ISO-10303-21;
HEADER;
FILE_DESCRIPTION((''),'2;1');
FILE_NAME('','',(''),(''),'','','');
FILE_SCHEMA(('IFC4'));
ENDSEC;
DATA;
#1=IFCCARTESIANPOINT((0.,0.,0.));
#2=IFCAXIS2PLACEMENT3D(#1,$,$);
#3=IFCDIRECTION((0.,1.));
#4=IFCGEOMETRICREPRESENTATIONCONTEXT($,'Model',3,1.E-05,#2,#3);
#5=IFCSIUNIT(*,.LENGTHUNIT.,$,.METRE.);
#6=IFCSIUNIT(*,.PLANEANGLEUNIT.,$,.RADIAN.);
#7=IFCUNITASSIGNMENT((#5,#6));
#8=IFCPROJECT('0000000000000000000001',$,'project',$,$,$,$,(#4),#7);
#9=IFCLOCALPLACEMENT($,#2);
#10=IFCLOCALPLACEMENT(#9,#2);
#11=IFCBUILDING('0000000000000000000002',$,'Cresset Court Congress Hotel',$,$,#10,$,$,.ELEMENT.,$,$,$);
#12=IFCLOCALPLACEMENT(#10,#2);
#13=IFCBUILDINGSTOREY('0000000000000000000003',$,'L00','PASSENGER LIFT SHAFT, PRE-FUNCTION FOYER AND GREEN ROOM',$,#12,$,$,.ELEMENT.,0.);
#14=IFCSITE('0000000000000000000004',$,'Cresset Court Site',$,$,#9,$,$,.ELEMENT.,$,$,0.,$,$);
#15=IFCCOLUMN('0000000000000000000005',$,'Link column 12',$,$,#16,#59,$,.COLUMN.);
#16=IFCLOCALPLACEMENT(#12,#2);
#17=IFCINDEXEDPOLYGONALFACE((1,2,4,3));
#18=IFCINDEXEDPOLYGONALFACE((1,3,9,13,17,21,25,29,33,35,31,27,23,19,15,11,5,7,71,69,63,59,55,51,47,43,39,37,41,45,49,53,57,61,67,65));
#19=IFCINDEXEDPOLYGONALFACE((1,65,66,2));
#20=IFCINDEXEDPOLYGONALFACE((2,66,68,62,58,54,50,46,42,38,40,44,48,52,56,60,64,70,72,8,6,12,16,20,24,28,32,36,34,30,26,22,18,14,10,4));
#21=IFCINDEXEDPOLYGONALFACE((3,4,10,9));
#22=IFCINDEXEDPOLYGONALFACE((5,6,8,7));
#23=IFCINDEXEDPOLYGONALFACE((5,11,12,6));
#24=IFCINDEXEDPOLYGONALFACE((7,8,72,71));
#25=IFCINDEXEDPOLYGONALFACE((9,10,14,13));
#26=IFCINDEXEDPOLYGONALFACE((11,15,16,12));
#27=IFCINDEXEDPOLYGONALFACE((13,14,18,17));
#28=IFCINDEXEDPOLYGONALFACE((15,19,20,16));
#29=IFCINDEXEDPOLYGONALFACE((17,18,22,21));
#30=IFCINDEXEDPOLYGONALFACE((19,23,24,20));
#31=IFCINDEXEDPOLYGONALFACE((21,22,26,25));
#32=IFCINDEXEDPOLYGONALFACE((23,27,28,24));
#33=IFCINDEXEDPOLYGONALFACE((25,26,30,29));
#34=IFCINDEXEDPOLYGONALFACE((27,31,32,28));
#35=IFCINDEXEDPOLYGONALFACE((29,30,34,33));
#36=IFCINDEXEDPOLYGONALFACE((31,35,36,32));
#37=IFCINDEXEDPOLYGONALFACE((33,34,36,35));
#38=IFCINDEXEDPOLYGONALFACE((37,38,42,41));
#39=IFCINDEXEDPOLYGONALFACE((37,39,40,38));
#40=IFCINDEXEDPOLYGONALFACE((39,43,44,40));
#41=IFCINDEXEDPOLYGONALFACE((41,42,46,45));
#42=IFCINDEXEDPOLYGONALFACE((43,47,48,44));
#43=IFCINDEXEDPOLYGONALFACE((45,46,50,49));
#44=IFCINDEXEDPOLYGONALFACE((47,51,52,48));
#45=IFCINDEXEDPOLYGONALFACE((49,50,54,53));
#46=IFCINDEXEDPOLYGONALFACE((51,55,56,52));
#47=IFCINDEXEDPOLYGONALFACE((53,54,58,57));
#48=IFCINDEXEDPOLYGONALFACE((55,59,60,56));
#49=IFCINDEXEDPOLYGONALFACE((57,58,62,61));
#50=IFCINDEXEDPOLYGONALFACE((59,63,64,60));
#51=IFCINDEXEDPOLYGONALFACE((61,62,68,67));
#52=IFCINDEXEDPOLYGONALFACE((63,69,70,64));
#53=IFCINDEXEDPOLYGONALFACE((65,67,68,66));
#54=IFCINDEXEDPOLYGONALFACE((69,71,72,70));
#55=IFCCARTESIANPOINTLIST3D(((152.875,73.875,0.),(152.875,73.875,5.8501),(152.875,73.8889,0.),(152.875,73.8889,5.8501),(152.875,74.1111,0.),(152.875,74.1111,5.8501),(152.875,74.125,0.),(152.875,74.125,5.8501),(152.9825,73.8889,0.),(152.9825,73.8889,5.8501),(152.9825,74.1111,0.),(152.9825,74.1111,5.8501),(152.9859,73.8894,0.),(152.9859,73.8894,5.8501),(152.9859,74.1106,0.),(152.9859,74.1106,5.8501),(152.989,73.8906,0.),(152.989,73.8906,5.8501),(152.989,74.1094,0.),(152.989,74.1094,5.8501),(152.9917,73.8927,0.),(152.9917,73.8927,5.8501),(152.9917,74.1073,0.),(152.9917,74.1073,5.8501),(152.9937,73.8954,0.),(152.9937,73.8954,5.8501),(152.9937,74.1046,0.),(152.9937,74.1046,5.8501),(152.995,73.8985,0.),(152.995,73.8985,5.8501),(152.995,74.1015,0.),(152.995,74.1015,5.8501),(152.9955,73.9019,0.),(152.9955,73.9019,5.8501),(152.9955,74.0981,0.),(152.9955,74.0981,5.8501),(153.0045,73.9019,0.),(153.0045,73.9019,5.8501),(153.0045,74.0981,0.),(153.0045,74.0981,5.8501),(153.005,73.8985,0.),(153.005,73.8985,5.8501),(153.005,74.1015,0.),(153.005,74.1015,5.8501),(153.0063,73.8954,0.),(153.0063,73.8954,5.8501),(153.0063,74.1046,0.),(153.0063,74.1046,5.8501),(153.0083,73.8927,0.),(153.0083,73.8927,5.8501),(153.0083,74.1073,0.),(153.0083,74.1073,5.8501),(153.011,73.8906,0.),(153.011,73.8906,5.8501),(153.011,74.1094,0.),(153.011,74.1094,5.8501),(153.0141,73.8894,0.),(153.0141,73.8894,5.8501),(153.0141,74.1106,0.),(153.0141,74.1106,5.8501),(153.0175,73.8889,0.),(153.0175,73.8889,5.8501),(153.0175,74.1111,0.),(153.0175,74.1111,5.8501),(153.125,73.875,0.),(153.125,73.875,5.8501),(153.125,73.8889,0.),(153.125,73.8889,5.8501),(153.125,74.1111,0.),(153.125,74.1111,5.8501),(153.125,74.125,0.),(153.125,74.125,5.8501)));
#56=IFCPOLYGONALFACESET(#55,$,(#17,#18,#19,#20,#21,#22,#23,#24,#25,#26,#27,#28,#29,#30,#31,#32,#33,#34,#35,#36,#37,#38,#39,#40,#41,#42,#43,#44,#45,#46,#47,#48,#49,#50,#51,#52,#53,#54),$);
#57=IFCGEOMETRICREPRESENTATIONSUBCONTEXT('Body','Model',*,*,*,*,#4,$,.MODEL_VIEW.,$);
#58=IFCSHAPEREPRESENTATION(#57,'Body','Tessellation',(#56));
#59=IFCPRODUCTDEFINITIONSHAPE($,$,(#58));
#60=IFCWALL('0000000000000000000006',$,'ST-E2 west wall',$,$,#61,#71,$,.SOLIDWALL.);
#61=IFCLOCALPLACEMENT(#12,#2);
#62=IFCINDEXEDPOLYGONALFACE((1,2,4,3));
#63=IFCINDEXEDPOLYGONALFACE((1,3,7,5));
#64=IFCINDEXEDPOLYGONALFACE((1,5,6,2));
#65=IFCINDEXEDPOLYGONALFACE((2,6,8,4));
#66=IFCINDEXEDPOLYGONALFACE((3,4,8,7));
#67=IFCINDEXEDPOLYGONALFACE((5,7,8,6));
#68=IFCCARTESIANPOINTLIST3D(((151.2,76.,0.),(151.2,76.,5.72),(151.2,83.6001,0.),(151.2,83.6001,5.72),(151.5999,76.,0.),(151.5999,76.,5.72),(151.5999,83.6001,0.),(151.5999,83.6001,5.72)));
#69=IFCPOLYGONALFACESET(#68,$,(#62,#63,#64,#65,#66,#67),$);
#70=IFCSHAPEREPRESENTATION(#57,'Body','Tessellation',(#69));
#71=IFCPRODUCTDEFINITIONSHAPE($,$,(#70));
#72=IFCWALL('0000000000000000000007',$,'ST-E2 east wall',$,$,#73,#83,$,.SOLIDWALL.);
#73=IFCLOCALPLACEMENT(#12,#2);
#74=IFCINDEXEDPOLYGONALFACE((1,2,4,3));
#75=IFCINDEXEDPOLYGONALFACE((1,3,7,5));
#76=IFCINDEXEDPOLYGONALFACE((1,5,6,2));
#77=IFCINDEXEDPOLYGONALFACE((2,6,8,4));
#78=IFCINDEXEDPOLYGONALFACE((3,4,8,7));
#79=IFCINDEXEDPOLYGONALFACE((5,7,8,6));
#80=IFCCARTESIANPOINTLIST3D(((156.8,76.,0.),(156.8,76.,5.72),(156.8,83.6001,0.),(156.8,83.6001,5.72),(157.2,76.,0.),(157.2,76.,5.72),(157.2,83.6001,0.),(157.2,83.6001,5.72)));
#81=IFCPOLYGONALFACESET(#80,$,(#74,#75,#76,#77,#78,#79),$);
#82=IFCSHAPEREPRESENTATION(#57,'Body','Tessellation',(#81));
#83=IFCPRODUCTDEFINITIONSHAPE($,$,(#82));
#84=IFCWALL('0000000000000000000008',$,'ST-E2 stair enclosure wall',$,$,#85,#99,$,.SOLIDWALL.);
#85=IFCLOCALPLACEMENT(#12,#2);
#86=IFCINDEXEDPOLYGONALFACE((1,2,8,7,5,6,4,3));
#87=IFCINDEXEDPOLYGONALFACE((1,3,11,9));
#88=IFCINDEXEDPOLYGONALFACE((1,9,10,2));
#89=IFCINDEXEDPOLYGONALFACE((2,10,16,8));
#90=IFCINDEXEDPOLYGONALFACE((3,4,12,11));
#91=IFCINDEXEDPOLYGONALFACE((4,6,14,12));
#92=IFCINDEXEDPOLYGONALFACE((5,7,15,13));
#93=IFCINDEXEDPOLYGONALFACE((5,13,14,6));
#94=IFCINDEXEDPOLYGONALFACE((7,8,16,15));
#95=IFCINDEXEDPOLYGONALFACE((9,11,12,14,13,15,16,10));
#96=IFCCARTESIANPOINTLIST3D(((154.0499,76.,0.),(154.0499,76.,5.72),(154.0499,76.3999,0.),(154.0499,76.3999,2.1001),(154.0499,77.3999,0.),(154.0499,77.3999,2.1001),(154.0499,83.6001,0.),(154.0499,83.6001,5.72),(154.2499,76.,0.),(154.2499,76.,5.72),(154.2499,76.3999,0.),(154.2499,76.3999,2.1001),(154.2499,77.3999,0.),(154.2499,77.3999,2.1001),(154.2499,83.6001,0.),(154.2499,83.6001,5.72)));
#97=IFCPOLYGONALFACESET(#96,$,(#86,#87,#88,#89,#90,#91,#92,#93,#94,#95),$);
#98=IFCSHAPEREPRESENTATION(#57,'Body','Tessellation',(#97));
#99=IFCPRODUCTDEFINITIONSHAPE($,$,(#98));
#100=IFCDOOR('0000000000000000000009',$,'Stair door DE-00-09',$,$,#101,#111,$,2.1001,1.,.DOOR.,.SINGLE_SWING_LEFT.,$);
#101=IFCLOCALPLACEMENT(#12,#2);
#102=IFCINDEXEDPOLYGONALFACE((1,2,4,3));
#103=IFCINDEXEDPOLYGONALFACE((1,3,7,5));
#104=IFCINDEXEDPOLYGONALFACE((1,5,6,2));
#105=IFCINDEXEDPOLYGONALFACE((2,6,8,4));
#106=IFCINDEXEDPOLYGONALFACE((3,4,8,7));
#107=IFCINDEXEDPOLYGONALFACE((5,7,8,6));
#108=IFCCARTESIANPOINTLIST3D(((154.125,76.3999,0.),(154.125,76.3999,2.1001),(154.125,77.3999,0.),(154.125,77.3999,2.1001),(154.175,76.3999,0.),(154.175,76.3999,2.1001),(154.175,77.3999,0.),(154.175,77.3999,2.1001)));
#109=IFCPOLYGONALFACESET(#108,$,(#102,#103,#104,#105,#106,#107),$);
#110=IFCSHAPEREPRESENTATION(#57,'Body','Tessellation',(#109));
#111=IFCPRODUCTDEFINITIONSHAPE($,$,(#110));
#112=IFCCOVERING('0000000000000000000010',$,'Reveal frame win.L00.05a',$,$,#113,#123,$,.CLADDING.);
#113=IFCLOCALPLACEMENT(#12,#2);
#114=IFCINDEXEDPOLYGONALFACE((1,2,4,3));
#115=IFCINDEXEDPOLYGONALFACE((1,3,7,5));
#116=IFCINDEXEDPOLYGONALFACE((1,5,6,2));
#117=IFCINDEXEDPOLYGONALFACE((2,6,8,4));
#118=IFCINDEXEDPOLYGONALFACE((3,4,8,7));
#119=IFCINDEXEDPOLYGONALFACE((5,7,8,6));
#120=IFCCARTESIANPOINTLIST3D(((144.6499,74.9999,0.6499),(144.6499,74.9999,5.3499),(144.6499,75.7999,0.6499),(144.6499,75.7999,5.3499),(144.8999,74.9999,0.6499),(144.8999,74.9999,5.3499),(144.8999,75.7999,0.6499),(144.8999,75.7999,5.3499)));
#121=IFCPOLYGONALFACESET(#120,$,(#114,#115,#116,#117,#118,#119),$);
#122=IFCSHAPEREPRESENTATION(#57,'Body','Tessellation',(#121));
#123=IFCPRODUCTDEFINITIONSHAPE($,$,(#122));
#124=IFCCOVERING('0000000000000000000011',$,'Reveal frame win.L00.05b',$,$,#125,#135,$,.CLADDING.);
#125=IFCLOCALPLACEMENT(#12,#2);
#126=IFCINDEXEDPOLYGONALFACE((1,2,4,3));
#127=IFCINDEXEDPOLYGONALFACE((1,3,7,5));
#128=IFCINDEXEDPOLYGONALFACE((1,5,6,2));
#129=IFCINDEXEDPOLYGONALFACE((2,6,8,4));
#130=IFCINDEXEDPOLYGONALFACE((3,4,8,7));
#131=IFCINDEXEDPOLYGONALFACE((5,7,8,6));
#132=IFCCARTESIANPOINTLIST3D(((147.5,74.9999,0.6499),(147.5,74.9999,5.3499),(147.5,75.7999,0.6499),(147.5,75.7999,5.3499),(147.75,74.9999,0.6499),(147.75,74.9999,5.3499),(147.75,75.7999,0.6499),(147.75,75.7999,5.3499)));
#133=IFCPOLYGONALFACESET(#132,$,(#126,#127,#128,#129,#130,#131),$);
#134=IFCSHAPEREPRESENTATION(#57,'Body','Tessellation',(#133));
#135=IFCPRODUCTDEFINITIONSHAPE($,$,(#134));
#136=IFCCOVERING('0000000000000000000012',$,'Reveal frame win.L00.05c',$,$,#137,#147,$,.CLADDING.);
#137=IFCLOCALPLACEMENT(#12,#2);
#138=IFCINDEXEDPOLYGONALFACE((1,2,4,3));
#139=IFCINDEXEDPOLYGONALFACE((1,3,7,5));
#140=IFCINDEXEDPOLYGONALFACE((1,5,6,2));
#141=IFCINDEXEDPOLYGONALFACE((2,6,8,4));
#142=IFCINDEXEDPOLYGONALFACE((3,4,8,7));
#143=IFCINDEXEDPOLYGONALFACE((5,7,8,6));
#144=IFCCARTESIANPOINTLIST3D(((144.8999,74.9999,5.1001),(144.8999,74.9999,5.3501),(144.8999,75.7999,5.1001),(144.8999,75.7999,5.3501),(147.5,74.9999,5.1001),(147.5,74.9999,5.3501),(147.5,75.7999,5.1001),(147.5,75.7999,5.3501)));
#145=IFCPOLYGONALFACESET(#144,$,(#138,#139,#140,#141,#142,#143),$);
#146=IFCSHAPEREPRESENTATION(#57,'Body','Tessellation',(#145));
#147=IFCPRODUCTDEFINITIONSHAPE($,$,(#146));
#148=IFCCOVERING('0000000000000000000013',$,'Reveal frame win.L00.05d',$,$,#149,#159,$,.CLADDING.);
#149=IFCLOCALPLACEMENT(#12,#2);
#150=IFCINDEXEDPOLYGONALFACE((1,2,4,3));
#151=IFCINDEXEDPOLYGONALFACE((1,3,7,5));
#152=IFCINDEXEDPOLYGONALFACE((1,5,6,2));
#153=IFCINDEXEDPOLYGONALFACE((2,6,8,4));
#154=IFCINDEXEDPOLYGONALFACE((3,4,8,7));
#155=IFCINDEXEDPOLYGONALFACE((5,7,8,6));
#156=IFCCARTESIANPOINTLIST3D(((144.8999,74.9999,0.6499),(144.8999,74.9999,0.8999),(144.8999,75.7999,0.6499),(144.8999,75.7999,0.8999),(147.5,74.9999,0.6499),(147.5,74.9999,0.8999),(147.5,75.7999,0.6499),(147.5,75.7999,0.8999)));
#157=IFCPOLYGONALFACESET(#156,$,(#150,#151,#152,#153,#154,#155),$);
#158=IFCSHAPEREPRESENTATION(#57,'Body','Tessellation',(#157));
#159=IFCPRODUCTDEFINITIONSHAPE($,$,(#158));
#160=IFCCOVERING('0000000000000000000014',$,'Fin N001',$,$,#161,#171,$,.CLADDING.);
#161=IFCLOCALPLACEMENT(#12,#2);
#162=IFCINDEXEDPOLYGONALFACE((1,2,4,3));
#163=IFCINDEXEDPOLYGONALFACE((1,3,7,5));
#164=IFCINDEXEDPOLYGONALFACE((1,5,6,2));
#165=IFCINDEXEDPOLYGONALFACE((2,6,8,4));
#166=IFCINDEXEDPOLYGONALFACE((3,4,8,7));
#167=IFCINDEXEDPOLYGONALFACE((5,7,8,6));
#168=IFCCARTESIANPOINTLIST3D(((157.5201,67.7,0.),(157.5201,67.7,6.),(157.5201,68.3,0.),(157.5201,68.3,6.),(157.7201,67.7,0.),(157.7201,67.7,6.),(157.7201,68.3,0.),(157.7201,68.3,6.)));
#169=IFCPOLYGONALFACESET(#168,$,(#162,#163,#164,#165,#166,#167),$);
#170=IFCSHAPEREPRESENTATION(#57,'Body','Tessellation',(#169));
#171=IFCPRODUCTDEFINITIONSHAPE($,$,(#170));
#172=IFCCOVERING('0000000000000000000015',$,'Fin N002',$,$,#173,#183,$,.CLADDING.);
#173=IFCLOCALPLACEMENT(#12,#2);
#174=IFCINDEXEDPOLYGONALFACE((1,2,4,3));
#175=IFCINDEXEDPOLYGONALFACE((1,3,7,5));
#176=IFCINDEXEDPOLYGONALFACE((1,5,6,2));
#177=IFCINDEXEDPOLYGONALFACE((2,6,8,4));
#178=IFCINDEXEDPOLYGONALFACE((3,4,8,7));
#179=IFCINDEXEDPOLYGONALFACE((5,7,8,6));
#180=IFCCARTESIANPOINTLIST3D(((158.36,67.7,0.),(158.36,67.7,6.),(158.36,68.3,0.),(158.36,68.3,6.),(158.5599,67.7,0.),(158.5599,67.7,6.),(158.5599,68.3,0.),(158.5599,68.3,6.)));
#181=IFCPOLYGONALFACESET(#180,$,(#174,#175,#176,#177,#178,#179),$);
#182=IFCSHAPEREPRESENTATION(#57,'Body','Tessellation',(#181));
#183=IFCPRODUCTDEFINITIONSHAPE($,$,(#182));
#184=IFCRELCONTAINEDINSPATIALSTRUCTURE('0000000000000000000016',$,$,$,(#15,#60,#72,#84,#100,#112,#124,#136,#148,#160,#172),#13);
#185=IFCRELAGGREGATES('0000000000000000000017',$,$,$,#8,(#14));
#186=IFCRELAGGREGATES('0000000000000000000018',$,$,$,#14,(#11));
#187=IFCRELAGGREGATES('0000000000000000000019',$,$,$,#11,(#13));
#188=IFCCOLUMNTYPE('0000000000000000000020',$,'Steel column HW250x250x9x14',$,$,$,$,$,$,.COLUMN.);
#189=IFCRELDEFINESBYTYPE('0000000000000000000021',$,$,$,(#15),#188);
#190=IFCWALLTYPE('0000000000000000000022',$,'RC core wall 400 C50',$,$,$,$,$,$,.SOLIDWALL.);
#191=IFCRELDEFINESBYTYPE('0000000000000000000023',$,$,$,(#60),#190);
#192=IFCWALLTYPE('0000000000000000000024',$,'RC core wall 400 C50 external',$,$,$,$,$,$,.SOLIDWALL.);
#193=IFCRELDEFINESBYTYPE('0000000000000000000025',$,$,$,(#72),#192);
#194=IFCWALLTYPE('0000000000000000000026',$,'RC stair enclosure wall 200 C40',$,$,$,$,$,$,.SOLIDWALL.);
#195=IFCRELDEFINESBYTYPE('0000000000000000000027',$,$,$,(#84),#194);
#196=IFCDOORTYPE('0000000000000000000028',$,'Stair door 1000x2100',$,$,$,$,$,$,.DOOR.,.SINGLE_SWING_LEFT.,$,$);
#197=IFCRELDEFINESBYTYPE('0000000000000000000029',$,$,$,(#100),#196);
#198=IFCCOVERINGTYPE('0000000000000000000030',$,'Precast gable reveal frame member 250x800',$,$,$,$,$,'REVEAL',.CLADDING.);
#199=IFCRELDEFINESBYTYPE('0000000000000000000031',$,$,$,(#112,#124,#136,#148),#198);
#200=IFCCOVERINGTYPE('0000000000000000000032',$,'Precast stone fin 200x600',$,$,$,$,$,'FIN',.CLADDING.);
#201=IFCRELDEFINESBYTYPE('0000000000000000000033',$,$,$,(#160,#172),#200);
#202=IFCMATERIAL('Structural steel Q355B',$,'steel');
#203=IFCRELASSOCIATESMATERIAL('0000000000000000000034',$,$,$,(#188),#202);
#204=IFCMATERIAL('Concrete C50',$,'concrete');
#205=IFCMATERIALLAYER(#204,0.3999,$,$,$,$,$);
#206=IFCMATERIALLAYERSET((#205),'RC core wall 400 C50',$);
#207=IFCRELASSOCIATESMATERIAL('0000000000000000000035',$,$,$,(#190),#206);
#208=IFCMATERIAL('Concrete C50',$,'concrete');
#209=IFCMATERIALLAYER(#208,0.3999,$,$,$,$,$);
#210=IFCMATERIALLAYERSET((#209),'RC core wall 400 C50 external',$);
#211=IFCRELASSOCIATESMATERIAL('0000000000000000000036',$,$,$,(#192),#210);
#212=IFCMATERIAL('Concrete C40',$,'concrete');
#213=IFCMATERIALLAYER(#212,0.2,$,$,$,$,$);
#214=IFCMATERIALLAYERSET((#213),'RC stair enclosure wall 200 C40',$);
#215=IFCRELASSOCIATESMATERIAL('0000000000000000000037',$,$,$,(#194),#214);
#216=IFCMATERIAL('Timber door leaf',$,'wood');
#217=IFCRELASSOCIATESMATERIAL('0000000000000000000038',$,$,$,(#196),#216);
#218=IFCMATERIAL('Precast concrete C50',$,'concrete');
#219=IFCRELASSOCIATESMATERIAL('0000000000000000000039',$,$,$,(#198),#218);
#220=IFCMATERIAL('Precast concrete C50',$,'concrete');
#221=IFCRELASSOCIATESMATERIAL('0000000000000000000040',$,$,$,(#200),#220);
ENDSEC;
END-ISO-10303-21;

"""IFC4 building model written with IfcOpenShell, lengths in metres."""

from ifc_helpers import new_model, si_unit, direction, frame, frame_2d, origin, origin_2d, place, context, subcontext, project, spatial, rectangle, i_section, extrude, material, layer, layer_set, material_profile, profile_set, type_object, element, fill, save


model = new_model("IFC4")

# Units and contexts
model_context = context("Model", 3, precision=1e-05, world=origin(), true_north=direction((0.0, 1.0)))
body_context = subcontext(model_context, "Body", "Model", "MODEL_VIEW")
ifc_project = project(units=[si_unit("LENGTHUNIT", "METRE"), si_unit("PLANEANGLEUNIT", "RADIAN")], contexts=[model_context])

# Site, building, storey
site_placement = place(None, origin())
site = spatial("IfcSite", under=ifc_project, at=site_placement, Name="Cresset Court Site", CompositionType="ELEMENT", RefElevation=0.0)
building_placement = place(site_placement, origin())
building = spatial("IfcBuilding", under=site, at=building_placement, Name="Cresset Court Congress Hotel", CompositionType="ELEMENT")
storey_placement = place(building_placement, origin())
storey = spatial("IfcBuildingStorey", under=building, at=storey_placement, Name="L00", Description="PASSENGER LIFT SHAFT, PRE-FUNCTION FOYER AND GREEN ROOM", CompositionType="ELEMENT", Elevation=0.0)

# Column
ifc_material_1 = material(Name="Structural steel Q355B", Category="steel")
ifc_material_profile = material_profile(ifc_material_1, i_section(OverallWidth=0.25, OverallDepth=0.25, WebThickness=0.009, FlangeThickness=0.0139, FilletRadius=0.0129, at=origin_2d()), Name="HW250x250x9x14")
ifc_profile_set = profile_set([ifc_material_profile], Name="Structural steel Q355B")
column_type = type_object("IfcColumnType", Name="Steel column HW250x250x9x14", PredefinedType="COLUMN", material=ifc_profile_set)
for number, where, z_axis, x_axis, name in (
    (1, (153.0, 74.0, 0.0), (0.0, 0.0, 1.0), (1.0, 0.0, 0.0), "Link column 12"),
):
    element("IfcColumn", number, at=place(storey_placement, frame(where, z_axis=z_axis, x_axis=x_axis)), inside=storey, type_object=column_type, Name=name, PredefinedType="COLUMN", context=body_context, shape_type="SweptSolid", body=[
        extrude(i_section(OverallWidth=0.25, OverallDepth=0.25, WebThickness=0.009, FlangeThickness=0.0139, FilletRadius=0.0129, at=origin_2d()), origin(), (0.0, 0.0, 1.0), 5.8501),
    ])

# Wall
ifc_material_2 = material(Name="Concrete C50", Category="concrete")
ifc_layer_1 = layer(ifc_material_2, 0.3999)
ifc_layer_set_1 = layer_set([ifc_layer_1], Name="RC core wall 400 C50")
wall_type_1 = type_object("IfcWallType", Name="RC core wall 400 C50", PredefinedType="SOLIDWALL", material=ifc_layer_set_1)
wall_1_placement = place(storey_placement, frame((151.3999, 76.0, 0.0), z_axis=(0.0, 0.0, 1.0), x_axis=(0.0, 1.0, 0.0)))
element("IfcWall", 2, at=wall_1_placement, inside=storey, type_object=wall_type_1, Name="ST-E2 west wall", PredefinedType="SOLIDWALL", context=body_context, shape_type="SweptSolid", body=[
    extrude(rectangle(XDim=7.6001, YDim=0.3999, at=frame_2d((3.8, 0.0))), origin(), (0.0, 0.0, 1.0), 5.72),
])

# Shared definitions
ifc_material_3 = material(Name="Concrete C50", Category="concrete")
ifc_layer_2 = layer(ifc_material_3, 0.3999)
ifc_layer_set_2 = layer_set([ifc_layer_2], Name="RC core wall 400 C50 external")
wall_type_2 = type_object("IfcWallType", Name="RC core wall 400 C50 external", PredefinedType="SOLIDWALL", material=ifc_layer_set_2)

# Wall
wall_2_placement = place(storey_placement, frame((157.0, 76.0, 0.0), z_axis=(0.0, 0.0, 1.0), x_axis=(0.0, 1.0, 0.0)))
element("IfcWall", 3, at=wall_2_placement, inside=storey, type_object=wall_type_2, Name="ST-E2 east wall", PredefinedType="SOLIDWALL", context=body_context, shape_type="SweptSolid", body=[
    extrude(rectangle(XDim=7.6001, YDim=0.3999, at=frame_2d((3.8, 0.0))), origin(), (0.0, 0.0, 1.0), 5.72),
])

# Wall, opening, door
ifc_material_4 = material(Name="Concrete C40", Category="concrete")
ifc_layer_3 = layer(ifc_material_4, 0.2)
ifc_layer_set_3 = layer_set([ifc_layer_3], Name="RC stair enclosure wall 200 C40")
wall_type_3 = type_object("IfcWallType", Name="RC stair enclosure wall 200 C40", PredefinedType="SOLIDWALL", material=ifc_layer_set_3)
wall_3_placement = place(storey_placement, frame((154.1499, 76.0, 0.0), z_axis=(0.0, 0.0, 1.0), x_axis=(0.0, 1.0, 0.0)))
wall_3 = element("IfcWall", 4, at=wall_3_placement, inside=storey, type_object=wall_type_3, Name="ST-E2 stair enclosure wall", PredefinedType="SOLIDWALL", context=body_context, shape_type="SweptSolid", body=[
    extrude(rectangle(XDim=7.6001, YDim=0.2, at=frame_2d((3.8, 0.0))), origin(), (0.0, 0.0, 1.0), 5.72),
])
opening_1_placement = place(wall_3_placement, frame((0.3999, 0.0, 0.0)))
opening_1 = element("IfcOpeningElement", 5, at=opening_1_placement, cuts=wall_3, PredefinedType="OPENING", context=body_context, shape_type="SweptSolid", body=[
    extrude(rectangle(XDim=1.0, YDim=2.1001, at=frame_2d((0.5, 1.05))), frame((0.0, 0.1099, 0.0), z_axis=(0.0, -1.0, 0.0), x_axis=(1.0, 0.0, 0.0)), (0.0, 0.0, 1.0), 0.22),
])
ifc_material_5 = material(Name="Timber door leaf", Category="wood")
door_type_1 = type_object("IfcDoorType", Name="Stair door 1000x2100", OperationType="SINGLE_SWING_LEFT", PredefinedType="DOOR", material=ifc_material_5)
door_1_placement = place(opening_1_placement, origin())
door_1 = element("IfcDoor", 6, at=door_1_placement, inside=storey, type_object=door_type_1, Name="Stair door DE-00-09", OperationType="SINGLE_SWING_LEFT", OverallHeight=2.1001, OverallWidth=1.0, PredefinedType="DOOR", context=body_context, shape_type="SweptSolid", body=[
    extrude(rectangle(XDim=1.0, YDim=2.1001, at=frame_2d((0.5, 1.05))), frame((0.0, 0.0249, 0.0), z_axis=(0.0, -1.0, 0.0), x_axis=(1.0, 0.0, 0.0)), (0.0, 0.0, 1.0), 0.05),
])
fill(opening_1, door_1)

# Coverings
ifc_material_6 = material(Name="Precast concrete C50", Category="concrete")
covering_type_1 = type_object("IfcCoveringType", Name="Precast gable reveal frame member 250x800", ElementType="REVEAL", PredefinedType="CLADDING", material=ifc_material_6)
for number, where, z_axis, x_axis, name in (
    (7, (144.7749, 75.3999, 0.6499), (0.0, 0.0, 1.0), (1.0, 0.0, 0.0), "Reveal frame win.L00.05a"),
    (8, (147.625, 75.3999, 0.6499), (0.0, 0.0, 1.0), (1.0, 0.0, 0.0), "Reveal frame win.L00.05b"),
):
    element("IfcCovering", number, at=place(storey_placement, frame(where, z_axis=z_axis, x_axis=x_axis)), inside=storey, type_object=covering_type_1, Name=name, PredefinedType="CLADDING", context=body_context, shape_type="SweptSolid", body=[
        extrude(rectangle(XDim=0.25, YDim=0.8, at=origin_2d()), origin(), (0.0, 0.0, 1.0), 4.7),
    ])
for number, where, z_axis, x_axis, name in (
    (9, (146.2, 75.3999, 5.1001), (0.0, 0.0, 1.0), (1.0, 0.0, 0.0), "Reveal frame win.L00.05c"),
    (10, (146.2, 75.3999, 0.6499), (0.0, 0.0, 1.0), (1.0, 0.0, 0.0), "Reveal frame win.L00.05d"),
):
    element("IfcCovering", number, at=place(storey_placement, frame(where, z_axis=z_axis, x_axis=x_axis)), inside=storey, type_object=covering_type_1, Name=name, PredefinedType="CLADDING", context=body_context, shape_type="SweptSolid", body=[
        extrude(rectangle(XDim=2.6001, YDim=0.8, at=origin_2d()), origin(), (0.0, 0.0, 1.0), 0.25),
    ])
ifc_material_7 = material(Name="Precast concrete C50", Category="concrete")
covering_type_2 = type_object("IfcCoveringType", Name="Precast stone fin 200x600", ElementType="FIN", PredefinedType="CLADDING", material=ifc_material_7)
for number, where, z_axis, x_axis, name in (
    (11, (157.6201, 68.0, 0.0), (0.0, 0.0, 1.0), (1.0, 0.0, 0.0), "Fin N001"),
    (12, (158.46, 68.0, 0.0), (0.0, 0.0, 1.0), (1.0, 0.0, 0.0), "Fin N002"),
):
    element("IfcCovering", number, at=place(storey_placement, frame(where, z_axis=z_axis, x_axis=x_axis)), inside=storey, type_object=covering_type_2, Name=name, PredefinedType="CLADDING", context=body_context, shape_type="SweptSolid", body=[
        extrude(rectangle(XDim=0.2, YDim=0.6001, at=origin_2d()), origin(), (0.0, 0.0, 1.0), 6.0),
    ])

save(model, "model.ifc")
